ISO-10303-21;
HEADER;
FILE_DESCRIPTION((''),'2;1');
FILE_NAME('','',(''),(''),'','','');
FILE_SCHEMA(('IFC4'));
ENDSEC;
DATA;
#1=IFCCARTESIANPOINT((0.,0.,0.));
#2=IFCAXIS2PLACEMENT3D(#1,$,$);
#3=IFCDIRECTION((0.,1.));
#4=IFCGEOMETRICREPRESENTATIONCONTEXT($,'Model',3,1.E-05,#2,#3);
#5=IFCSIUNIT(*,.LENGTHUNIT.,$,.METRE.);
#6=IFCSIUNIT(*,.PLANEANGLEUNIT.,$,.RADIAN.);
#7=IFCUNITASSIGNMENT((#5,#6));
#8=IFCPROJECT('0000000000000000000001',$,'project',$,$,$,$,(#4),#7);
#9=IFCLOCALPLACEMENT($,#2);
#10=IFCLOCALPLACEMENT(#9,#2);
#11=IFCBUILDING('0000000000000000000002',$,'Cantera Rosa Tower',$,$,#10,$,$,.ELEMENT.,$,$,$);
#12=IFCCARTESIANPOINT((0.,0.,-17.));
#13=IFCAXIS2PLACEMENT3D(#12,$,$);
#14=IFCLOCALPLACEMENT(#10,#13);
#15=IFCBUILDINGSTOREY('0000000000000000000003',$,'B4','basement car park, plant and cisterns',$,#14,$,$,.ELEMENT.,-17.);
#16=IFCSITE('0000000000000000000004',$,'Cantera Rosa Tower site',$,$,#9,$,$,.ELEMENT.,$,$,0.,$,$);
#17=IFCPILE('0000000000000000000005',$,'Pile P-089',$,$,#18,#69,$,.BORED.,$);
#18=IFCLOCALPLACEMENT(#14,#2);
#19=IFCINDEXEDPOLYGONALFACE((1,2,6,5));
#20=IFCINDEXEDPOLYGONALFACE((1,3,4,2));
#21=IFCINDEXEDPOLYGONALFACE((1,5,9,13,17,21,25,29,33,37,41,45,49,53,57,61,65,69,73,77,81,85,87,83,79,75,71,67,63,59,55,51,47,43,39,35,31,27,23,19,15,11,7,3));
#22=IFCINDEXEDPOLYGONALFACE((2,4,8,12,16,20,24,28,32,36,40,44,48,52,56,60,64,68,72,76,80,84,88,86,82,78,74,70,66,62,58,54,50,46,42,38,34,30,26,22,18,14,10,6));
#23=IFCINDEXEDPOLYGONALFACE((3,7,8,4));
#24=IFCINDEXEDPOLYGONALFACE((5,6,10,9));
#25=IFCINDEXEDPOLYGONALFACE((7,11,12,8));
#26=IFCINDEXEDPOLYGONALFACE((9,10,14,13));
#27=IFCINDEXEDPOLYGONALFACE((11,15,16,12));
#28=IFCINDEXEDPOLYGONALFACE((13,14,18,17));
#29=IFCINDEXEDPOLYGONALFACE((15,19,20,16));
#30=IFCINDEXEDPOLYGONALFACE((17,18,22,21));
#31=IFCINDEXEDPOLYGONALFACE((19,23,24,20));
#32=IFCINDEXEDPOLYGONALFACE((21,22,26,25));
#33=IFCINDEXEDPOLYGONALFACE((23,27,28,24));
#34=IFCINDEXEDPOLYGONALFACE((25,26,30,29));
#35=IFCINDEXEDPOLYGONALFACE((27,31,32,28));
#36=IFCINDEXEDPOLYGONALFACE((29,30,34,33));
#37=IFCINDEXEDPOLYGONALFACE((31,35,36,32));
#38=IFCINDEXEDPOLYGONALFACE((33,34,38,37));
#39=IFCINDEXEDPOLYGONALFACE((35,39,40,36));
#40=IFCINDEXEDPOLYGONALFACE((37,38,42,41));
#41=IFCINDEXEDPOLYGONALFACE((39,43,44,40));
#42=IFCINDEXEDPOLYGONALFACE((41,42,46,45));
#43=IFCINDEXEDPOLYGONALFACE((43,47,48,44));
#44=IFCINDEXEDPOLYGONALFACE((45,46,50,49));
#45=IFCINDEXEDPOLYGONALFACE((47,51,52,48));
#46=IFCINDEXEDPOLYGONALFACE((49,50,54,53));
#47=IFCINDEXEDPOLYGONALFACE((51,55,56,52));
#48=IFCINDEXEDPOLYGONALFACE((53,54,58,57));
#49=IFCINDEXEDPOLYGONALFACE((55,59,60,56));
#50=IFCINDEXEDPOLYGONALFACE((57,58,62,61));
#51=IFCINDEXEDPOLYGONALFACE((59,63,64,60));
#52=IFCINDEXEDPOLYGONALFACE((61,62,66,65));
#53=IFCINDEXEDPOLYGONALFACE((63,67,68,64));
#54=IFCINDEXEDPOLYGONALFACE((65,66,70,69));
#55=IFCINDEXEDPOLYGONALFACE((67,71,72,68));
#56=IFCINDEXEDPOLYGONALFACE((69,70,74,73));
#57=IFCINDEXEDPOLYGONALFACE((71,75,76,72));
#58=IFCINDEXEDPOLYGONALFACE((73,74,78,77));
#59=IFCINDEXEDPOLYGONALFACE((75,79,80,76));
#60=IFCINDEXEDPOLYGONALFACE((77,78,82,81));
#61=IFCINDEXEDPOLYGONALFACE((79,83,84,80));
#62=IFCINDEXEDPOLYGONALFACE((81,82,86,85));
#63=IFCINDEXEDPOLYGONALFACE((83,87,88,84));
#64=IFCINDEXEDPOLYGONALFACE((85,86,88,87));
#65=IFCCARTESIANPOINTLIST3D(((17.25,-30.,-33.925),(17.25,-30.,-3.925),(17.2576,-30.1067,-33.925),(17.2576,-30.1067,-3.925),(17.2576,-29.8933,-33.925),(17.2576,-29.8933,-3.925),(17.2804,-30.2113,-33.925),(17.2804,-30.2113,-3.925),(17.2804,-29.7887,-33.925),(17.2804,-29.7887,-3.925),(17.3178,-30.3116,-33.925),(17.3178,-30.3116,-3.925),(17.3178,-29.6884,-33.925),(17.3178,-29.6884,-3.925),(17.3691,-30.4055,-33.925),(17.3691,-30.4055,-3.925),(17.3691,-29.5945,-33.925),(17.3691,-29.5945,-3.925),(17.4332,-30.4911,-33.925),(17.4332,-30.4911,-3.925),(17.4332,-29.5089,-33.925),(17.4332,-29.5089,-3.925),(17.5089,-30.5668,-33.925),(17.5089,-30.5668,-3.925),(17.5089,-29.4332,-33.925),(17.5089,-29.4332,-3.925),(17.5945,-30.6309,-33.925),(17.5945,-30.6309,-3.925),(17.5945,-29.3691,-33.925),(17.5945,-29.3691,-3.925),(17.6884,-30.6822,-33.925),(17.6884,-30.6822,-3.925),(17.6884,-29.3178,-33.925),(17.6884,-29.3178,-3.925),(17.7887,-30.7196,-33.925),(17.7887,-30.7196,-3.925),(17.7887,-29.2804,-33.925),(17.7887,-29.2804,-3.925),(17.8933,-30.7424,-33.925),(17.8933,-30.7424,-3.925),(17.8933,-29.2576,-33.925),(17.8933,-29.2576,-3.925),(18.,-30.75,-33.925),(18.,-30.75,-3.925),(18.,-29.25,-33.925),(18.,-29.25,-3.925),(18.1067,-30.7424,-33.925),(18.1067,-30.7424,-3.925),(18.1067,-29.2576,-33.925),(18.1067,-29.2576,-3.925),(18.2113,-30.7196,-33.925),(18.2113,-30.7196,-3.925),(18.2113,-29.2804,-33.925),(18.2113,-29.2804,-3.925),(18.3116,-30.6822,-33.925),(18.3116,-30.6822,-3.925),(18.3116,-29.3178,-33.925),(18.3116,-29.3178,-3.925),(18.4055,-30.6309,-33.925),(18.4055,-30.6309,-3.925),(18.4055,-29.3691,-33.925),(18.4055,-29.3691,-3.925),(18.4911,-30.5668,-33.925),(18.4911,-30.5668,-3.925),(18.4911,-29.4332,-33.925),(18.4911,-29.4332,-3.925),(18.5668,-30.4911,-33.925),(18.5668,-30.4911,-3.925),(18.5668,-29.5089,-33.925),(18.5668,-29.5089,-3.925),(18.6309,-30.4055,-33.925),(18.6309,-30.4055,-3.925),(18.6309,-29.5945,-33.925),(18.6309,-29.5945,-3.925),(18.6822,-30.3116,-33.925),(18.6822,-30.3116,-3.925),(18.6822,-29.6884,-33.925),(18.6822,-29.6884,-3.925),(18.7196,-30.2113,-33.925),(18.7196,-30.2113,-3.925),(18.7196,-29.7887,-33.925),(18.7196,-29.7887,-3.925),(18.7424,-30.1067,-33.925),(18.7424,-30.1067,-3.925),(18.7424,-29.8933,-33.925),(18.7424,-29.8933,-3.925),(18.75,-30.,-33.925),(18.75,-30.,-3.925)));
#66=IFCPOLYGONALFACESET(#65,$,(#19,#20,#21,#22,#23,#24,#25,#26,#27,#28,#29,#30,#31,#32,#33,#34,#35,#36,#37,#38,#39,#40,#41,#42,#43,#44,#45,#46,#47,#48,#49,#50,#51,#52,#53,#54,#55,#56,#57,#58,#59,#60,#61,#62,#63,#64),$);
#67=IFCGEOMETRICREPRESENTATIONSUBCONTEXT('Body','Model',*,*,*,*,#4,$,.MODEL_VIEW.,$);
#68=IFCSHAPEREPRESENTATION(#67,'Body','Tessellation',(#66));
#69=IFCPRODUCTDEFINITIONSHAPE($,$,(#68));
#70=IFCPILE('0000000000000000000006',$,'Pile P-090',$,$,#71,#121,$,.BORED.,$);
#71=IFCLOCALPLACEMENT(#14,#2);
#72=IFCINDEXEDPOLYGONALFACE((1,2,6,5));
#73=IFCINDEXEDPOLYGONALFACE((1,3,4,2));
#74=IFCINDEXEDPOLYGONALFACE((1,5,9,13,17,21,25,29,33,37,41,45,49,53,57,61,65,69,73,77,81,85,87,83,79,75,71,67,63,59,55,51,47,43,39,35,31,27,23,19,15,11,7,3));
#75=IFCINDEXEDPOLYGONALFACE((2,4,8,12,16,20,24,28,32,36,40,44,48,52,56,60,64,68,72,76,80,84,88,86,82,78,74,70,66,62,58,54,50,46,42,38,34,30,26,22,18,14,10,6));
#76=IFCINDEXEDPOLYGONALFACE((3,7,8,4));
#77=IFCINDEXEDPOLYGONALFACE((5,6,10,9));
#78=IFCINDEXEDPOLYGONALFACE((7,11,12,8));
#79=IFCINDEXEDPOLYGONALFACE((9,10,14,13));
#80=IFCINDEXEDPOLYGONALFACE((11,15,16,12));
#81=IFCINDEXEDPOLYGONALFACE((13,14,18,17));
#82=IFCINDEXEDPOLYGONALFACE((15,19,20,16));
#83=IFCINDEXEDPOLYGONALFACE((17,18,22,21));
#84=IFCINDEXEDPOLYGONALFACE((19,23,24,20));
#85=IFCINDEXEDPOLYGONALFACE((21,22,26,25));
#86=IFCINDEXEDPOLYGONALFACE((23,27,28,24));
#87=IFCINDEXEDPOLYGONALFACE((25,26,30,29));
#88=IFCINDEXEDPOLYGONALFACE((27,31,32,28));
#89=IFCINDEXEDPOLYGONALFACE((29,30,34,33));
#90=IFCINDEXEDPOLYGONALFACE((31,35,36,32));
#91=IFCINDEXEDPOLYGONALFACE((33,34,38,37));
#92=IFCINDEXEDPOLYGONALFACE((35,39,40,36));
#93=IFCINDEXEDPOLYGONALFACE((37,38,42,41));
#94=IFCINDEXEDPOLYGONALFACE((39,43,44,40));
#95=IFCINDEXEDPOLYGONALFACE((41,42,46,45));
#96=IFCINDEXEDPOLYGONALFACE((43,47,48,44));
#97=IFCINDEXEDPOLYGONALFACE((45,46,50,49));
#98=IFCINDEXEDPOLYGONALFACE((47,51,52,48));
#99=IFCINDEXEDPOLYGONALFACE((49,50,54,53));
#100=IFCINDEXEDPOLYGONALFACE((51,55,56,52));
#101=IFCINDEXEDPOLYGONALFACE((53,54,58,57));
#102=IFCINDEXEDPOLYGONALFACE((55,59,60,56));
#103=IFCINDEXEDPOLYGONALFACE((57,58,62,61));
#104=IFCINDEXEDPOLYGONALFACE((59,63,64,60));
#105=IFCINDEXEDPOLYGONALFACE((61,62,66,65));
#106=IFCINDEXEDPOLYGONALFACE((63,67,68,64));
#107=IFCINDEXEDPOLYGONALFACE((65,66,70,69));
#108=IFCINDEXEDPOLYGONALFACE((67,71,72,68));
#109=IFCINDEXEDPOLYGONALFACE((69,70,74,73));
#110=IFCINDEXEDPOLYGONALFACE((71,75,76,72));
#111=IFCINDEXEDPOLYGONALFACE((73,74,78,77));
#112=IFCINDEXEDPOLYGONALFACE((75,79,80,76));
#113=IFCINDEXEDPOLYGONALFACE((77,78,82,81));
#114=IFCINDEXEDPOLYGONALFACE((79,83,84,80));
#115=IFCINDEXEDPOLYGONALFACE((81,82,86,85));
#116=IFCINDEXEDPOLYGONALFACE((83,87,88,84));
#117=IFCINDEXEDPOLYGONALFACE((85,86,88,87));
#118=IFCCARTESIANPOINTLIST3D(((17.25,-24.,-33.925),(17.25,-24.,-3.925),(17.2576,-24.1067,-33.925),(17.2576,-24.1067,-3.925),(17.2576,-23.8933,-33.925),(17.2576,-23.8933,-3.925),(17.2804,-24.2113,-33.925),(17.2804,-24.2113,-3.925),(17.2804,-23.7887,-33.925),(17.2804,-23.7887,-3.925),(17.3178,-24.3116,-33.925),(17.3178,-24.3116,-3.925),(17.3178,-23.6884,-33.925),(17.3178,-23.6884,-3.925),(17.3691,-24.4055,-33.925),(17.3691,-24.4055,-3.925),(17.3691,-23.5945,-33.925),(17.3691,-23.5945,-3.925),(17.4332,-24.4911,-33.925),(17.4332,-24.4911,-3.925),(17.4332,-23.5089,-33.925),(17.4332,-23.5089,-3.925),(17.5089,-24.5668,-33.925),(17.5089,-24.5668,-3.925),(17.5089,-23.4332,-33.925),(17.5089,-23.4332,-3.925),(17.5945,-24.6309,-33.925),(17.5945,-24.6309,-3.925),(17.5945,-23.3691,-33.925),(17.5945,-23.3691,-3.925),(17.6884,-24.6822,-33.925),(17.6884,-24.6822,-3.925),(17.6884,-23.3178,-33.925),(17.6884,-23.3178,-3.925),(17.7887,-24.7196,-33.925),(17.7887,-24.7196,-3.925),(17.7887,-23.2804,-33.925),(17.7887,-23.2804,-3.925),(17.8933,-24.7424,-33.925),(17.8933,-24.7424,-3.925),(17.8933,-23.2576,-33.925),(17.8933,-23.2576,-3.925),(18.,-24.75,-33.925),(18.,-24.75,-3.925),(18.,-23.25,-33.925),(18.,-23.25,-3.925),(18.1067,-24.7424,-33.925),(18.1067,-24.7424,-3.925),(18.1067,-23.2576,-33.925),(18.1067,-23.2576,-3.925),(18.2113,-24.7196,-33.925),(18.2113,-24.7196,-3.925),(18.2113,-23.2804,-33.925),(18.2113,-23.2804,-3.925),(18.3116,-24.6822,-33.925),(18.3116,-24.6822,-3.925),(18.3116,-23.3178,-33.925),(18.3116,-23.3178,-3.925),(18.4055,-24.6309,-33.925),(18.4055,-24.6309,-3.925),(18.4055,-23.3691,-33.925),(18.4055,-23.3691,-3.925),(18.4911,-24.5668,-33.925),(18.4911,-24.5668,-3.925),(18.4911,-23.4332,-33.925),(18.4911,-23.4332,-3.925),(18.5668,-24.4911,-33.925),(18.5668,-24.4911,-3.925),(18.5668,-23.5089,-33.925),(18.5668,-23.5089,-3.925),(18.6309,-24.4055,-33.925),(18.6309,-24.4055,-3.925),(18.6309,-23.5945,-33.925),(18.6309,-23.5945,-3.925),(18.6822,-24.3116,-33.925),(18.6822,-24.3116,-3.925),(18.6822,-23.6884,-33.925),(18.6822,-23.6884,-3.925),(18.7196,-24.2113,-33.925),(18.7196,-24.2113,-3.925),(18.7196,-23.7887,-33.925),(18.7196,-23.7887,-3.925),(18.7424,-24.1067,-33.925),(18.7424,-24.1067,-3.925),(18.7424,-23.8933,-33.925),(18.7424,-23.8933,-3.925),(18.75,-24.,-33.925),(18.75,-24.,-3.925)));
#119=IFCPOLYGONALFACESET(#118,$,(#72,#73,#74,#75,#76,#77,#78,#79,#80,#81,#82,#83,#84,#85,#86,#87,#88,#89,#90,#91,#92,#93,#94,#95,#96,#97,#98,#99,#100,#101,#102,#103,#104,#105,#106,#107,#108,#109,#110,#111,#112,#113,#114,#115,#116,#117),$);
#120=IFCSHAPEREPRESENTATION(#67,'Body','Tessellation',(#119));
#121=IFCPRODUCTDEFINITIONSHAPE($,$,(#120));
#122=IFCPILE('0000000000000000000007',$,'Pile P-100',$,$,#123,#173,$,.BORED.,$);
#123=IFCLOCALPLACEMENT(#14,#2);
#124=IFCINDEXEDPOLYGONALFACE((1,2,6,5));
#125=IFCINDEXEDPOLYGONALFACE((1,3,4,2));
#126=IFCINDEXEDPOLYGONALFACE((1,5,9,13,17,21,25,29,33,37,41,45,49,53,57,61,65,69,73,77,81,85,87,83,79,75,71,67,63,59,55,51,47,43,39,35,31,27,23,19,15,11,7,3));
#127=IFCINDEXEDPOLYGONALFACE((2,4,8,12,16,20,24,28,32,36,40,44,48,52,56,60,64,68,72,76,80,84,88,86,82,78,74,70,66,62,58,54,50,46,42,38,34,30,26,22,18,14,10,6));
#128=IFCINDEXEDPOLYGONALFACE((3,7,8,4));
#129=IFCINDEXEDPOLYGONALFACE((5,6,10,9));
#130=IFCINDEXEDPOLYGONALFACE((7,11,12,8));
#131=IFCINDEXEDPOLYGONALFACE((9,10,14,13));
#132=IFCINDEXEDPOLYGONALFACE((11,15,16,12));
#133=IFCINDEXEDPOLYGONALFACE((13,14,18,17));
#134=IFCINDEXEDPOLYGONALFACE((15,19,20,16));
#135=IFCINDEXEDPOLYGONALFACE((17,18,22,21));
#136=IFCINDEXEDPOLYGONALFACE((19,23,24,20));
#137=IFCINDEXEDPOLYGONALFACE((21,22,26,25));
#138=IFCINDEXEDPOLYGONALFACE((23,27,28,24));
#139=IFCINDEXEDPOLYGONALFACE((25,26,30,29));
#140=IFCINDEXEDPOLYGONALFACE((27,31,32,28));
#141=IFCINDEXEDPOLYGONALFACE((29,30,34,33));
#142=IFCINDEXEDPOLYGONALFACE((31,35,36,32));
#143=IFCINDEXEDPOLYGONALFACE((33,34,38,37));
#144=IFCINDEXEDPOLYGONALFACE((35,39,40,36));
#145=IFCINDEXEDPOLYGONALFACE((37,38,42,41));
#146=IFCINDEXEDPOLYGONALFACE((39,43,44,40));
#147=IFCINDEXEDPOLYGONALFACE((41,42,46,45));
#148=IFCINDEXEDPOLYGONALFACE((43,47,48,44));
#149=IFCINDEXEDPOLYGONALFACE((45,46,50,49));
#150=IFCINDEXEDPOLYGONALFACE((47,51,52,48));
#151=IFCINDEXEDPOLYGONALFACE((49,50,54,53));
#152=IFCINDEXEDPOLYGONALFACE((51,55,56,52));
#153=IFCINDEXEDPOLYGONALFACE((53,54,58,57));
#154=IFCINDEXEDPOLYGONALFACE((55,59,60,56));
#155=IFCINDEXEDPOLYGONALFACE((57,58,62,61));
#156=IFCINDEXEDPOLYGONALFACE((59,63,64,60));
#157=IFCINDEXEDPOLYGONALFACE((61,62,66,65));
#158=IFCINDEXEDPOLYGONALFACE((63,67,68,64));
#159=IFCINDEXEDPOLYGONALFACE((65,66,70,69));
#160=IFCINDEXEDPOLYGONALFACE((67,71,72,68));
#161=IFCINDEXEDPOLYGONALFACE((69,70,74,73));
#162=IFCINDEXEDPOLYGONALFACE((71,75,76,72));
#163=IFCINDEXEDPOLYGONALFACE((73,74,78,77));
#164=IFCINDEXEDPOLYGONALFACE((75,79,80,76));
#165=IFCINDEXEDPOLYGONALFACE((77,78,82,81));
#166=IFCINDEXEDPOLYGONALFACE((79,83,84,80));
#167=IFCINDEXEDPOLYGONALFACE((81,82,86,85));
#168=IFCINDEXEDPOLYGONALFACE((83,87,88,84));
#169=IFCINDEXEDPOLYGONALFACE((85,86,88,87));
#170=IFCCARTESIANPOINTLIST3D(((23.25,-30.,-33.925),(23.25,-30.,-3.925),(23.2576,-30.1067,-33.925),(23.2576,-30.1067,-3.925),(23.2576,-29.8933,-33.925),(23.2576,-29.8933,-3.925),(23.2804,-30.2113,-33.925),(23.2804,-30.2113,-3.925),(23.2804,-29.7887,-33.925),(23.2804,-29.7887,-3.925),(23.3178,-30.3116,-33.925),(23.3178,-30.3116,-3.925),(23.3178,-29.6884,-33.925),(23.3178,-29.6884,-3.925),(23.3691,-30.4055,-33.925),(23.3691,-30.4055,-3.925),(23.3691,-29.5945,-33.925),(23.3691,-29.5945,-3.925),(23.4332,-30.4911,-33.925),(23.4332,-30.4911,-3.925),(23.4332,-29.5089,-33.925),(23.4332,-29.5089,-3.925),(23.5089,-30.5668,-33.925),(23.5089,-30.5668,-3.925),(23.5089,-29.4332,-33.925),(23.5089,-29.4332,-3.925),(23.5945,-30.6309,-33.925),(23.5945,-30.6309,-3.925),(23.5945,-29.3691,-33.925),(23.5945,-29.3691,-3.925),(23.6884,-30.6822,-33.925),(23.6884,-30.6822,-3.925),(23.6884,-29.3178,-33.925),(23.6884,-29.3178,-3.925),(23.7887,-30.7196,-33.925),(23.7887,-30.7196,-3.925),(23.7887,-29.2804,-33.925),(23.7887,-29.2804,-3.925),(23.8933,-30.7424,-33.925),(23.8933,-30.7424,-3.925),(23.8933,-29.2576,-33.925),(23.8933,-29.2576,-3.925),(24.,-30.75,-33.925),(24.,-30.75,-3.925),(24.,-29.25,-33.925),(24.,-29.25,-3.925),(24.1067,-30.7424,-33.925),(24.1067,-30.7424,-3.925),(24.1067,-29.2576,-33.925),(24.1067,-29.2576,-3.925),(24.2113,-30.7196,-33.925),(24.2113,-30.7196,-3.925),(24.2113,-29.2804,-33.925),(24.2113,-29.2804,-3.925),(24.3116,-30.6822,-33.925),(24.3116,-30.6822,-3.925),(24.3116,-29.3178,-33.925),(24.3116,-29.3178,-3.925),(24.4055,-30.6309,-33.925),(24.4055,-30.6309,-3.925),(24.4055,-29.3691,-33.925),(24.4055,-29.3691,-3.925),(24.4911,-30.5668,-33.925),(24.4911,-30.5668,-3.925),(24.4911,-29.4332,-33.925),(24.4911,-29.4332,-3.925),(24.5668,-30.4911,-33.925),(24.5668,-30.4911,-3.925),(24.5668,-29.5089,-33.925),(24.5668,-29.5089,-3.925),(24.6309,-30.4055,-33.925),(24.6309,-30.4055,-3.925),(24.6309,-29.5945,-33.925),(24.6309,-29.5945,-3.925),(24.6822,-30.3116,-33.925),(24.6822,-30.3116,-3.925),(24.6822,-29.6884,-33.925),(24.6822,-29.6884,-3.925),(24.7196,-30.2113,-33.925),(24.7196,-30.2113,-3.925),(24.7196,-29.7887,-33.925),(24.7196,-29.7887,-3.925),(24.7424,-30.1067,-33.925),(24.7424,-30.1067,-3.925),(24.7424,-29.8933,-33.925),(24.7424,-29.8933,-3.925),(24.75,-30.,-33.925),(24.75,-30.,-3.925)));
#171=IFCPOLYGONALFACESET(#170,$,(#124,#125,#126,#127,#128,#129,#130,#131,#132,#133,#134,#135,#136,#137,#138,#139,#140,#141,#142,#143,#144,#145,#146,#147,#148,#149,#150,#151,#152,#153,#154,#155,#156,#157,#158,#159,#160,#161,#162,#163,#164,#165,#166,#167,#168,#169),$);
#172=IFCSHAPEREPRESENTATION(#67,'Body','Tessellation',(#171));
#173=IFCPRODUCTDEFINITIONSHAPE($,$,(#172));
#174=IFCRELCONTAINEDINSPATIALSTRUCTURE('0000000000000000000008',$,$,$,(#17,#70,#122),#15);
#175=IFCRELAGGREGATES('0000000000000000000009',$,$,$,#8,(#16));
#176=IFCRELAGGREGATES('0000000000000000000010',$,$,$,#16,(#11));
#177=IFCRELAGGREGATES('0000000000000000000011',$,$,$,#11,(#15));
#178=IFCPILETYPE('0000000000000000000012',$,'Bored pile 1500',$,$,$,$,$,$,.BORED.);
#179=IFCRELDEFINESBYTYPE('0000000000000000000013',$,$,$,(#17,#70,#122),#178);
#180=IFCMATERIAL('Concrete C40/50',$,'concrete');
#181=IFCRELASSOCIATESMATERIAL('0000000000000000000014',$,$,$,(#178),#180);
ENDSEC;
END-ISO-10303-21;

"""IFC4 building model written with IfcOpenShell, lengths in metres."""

from ifc_helpers import new_model, si_unit, direction, frame, origin, origin_2d, place, context, subcontext, project, spatial, circle, extrude, material, material_profile, profile_set, type_object, element, save


model = new_model("IFC4")

# Units and contexts
model_context = context("Model", 3, precision=1e-05, world=origin(), true_north=direction((0.0, 1.0)))
body_context = subcontext(model_context, "Body", "Model", "MODEL_VIEW")
ifc_project = project(units=[si_unit("LENGTHUNIT", "METRE"), si_unit("PLANEANGLEUNIT", "RADIAN")], contexts=[model_context])

# Site, building, storey
site_placement = place(None, origin())
site = spatial("IfcSite", under=ifc_project, at=site_placement, Name="Cantera Rosa Tower site", CompositionType="ELEMENT", RefElevation=0.0)
building_placement = place(site_placement, origin())
building = spatial("IfcBuilding", under=site, at=building_placement, Name="Cantera Rosa Tower", CompositionType="ELEMENT")
storey_placement = place(building_placement, frame((0.0, 0.0, -17.0)))
storey = spatial("IfcBuildingStorey", under=building, at=storey_placement, Name="B4", Description="basement car park, plant and cisterns", CompositionType="ELEMENT", Elevation=-17.0)

# Piles
ifc_material_1 = material(Name="Concrete C40/50", Category="concrete")
ifc_material_profile_1 = material_profile(ifc_material_1, circle(Radius=0.75, at=origin_2d()), Name="Bored pile 1500")
ifc_profile_set_1 = profile_set([ifc_material_profile_1], Name="Concrete C40/50")
pile_type = type_object("IfcPileType", Name="Bored pile 1500", PredefinedType="BORED", material=ifc_profile_set_1)
for number, where, z_axis, x_axis, name in (
    (1, (18.0, -30.0, -3.925), (0.0, 0.0, -1.0), (1.0, 0.0, 0.0), "Pile P-089"),
    (2, (18.0, -24.0, -3.925), (0.0, 0.0, -1.0), (1.0, 0.0, 0.0), "Pile P-090"),
    (3, (24.0, -30.0, -3.925), (0.0, 0.0, -1.0), (1.0, 0.0, 0.0), "Pile P-100"),
):
    element("IfcPile", number, at=place(storey_placement, frame(where, z_axis=z_axis, x_axis=x_axis)), inside=storey, type_object=pile_type, Name=name, PredefinedType="BORED", context=body_context, shape_type="SweptSolid", body=[
        extrude(circle(Radius=0.75, at=origin_2d()), origin(), (0.0, 0.0, 1.0), 30.0),
    ])

save(model, "model.ifc")
